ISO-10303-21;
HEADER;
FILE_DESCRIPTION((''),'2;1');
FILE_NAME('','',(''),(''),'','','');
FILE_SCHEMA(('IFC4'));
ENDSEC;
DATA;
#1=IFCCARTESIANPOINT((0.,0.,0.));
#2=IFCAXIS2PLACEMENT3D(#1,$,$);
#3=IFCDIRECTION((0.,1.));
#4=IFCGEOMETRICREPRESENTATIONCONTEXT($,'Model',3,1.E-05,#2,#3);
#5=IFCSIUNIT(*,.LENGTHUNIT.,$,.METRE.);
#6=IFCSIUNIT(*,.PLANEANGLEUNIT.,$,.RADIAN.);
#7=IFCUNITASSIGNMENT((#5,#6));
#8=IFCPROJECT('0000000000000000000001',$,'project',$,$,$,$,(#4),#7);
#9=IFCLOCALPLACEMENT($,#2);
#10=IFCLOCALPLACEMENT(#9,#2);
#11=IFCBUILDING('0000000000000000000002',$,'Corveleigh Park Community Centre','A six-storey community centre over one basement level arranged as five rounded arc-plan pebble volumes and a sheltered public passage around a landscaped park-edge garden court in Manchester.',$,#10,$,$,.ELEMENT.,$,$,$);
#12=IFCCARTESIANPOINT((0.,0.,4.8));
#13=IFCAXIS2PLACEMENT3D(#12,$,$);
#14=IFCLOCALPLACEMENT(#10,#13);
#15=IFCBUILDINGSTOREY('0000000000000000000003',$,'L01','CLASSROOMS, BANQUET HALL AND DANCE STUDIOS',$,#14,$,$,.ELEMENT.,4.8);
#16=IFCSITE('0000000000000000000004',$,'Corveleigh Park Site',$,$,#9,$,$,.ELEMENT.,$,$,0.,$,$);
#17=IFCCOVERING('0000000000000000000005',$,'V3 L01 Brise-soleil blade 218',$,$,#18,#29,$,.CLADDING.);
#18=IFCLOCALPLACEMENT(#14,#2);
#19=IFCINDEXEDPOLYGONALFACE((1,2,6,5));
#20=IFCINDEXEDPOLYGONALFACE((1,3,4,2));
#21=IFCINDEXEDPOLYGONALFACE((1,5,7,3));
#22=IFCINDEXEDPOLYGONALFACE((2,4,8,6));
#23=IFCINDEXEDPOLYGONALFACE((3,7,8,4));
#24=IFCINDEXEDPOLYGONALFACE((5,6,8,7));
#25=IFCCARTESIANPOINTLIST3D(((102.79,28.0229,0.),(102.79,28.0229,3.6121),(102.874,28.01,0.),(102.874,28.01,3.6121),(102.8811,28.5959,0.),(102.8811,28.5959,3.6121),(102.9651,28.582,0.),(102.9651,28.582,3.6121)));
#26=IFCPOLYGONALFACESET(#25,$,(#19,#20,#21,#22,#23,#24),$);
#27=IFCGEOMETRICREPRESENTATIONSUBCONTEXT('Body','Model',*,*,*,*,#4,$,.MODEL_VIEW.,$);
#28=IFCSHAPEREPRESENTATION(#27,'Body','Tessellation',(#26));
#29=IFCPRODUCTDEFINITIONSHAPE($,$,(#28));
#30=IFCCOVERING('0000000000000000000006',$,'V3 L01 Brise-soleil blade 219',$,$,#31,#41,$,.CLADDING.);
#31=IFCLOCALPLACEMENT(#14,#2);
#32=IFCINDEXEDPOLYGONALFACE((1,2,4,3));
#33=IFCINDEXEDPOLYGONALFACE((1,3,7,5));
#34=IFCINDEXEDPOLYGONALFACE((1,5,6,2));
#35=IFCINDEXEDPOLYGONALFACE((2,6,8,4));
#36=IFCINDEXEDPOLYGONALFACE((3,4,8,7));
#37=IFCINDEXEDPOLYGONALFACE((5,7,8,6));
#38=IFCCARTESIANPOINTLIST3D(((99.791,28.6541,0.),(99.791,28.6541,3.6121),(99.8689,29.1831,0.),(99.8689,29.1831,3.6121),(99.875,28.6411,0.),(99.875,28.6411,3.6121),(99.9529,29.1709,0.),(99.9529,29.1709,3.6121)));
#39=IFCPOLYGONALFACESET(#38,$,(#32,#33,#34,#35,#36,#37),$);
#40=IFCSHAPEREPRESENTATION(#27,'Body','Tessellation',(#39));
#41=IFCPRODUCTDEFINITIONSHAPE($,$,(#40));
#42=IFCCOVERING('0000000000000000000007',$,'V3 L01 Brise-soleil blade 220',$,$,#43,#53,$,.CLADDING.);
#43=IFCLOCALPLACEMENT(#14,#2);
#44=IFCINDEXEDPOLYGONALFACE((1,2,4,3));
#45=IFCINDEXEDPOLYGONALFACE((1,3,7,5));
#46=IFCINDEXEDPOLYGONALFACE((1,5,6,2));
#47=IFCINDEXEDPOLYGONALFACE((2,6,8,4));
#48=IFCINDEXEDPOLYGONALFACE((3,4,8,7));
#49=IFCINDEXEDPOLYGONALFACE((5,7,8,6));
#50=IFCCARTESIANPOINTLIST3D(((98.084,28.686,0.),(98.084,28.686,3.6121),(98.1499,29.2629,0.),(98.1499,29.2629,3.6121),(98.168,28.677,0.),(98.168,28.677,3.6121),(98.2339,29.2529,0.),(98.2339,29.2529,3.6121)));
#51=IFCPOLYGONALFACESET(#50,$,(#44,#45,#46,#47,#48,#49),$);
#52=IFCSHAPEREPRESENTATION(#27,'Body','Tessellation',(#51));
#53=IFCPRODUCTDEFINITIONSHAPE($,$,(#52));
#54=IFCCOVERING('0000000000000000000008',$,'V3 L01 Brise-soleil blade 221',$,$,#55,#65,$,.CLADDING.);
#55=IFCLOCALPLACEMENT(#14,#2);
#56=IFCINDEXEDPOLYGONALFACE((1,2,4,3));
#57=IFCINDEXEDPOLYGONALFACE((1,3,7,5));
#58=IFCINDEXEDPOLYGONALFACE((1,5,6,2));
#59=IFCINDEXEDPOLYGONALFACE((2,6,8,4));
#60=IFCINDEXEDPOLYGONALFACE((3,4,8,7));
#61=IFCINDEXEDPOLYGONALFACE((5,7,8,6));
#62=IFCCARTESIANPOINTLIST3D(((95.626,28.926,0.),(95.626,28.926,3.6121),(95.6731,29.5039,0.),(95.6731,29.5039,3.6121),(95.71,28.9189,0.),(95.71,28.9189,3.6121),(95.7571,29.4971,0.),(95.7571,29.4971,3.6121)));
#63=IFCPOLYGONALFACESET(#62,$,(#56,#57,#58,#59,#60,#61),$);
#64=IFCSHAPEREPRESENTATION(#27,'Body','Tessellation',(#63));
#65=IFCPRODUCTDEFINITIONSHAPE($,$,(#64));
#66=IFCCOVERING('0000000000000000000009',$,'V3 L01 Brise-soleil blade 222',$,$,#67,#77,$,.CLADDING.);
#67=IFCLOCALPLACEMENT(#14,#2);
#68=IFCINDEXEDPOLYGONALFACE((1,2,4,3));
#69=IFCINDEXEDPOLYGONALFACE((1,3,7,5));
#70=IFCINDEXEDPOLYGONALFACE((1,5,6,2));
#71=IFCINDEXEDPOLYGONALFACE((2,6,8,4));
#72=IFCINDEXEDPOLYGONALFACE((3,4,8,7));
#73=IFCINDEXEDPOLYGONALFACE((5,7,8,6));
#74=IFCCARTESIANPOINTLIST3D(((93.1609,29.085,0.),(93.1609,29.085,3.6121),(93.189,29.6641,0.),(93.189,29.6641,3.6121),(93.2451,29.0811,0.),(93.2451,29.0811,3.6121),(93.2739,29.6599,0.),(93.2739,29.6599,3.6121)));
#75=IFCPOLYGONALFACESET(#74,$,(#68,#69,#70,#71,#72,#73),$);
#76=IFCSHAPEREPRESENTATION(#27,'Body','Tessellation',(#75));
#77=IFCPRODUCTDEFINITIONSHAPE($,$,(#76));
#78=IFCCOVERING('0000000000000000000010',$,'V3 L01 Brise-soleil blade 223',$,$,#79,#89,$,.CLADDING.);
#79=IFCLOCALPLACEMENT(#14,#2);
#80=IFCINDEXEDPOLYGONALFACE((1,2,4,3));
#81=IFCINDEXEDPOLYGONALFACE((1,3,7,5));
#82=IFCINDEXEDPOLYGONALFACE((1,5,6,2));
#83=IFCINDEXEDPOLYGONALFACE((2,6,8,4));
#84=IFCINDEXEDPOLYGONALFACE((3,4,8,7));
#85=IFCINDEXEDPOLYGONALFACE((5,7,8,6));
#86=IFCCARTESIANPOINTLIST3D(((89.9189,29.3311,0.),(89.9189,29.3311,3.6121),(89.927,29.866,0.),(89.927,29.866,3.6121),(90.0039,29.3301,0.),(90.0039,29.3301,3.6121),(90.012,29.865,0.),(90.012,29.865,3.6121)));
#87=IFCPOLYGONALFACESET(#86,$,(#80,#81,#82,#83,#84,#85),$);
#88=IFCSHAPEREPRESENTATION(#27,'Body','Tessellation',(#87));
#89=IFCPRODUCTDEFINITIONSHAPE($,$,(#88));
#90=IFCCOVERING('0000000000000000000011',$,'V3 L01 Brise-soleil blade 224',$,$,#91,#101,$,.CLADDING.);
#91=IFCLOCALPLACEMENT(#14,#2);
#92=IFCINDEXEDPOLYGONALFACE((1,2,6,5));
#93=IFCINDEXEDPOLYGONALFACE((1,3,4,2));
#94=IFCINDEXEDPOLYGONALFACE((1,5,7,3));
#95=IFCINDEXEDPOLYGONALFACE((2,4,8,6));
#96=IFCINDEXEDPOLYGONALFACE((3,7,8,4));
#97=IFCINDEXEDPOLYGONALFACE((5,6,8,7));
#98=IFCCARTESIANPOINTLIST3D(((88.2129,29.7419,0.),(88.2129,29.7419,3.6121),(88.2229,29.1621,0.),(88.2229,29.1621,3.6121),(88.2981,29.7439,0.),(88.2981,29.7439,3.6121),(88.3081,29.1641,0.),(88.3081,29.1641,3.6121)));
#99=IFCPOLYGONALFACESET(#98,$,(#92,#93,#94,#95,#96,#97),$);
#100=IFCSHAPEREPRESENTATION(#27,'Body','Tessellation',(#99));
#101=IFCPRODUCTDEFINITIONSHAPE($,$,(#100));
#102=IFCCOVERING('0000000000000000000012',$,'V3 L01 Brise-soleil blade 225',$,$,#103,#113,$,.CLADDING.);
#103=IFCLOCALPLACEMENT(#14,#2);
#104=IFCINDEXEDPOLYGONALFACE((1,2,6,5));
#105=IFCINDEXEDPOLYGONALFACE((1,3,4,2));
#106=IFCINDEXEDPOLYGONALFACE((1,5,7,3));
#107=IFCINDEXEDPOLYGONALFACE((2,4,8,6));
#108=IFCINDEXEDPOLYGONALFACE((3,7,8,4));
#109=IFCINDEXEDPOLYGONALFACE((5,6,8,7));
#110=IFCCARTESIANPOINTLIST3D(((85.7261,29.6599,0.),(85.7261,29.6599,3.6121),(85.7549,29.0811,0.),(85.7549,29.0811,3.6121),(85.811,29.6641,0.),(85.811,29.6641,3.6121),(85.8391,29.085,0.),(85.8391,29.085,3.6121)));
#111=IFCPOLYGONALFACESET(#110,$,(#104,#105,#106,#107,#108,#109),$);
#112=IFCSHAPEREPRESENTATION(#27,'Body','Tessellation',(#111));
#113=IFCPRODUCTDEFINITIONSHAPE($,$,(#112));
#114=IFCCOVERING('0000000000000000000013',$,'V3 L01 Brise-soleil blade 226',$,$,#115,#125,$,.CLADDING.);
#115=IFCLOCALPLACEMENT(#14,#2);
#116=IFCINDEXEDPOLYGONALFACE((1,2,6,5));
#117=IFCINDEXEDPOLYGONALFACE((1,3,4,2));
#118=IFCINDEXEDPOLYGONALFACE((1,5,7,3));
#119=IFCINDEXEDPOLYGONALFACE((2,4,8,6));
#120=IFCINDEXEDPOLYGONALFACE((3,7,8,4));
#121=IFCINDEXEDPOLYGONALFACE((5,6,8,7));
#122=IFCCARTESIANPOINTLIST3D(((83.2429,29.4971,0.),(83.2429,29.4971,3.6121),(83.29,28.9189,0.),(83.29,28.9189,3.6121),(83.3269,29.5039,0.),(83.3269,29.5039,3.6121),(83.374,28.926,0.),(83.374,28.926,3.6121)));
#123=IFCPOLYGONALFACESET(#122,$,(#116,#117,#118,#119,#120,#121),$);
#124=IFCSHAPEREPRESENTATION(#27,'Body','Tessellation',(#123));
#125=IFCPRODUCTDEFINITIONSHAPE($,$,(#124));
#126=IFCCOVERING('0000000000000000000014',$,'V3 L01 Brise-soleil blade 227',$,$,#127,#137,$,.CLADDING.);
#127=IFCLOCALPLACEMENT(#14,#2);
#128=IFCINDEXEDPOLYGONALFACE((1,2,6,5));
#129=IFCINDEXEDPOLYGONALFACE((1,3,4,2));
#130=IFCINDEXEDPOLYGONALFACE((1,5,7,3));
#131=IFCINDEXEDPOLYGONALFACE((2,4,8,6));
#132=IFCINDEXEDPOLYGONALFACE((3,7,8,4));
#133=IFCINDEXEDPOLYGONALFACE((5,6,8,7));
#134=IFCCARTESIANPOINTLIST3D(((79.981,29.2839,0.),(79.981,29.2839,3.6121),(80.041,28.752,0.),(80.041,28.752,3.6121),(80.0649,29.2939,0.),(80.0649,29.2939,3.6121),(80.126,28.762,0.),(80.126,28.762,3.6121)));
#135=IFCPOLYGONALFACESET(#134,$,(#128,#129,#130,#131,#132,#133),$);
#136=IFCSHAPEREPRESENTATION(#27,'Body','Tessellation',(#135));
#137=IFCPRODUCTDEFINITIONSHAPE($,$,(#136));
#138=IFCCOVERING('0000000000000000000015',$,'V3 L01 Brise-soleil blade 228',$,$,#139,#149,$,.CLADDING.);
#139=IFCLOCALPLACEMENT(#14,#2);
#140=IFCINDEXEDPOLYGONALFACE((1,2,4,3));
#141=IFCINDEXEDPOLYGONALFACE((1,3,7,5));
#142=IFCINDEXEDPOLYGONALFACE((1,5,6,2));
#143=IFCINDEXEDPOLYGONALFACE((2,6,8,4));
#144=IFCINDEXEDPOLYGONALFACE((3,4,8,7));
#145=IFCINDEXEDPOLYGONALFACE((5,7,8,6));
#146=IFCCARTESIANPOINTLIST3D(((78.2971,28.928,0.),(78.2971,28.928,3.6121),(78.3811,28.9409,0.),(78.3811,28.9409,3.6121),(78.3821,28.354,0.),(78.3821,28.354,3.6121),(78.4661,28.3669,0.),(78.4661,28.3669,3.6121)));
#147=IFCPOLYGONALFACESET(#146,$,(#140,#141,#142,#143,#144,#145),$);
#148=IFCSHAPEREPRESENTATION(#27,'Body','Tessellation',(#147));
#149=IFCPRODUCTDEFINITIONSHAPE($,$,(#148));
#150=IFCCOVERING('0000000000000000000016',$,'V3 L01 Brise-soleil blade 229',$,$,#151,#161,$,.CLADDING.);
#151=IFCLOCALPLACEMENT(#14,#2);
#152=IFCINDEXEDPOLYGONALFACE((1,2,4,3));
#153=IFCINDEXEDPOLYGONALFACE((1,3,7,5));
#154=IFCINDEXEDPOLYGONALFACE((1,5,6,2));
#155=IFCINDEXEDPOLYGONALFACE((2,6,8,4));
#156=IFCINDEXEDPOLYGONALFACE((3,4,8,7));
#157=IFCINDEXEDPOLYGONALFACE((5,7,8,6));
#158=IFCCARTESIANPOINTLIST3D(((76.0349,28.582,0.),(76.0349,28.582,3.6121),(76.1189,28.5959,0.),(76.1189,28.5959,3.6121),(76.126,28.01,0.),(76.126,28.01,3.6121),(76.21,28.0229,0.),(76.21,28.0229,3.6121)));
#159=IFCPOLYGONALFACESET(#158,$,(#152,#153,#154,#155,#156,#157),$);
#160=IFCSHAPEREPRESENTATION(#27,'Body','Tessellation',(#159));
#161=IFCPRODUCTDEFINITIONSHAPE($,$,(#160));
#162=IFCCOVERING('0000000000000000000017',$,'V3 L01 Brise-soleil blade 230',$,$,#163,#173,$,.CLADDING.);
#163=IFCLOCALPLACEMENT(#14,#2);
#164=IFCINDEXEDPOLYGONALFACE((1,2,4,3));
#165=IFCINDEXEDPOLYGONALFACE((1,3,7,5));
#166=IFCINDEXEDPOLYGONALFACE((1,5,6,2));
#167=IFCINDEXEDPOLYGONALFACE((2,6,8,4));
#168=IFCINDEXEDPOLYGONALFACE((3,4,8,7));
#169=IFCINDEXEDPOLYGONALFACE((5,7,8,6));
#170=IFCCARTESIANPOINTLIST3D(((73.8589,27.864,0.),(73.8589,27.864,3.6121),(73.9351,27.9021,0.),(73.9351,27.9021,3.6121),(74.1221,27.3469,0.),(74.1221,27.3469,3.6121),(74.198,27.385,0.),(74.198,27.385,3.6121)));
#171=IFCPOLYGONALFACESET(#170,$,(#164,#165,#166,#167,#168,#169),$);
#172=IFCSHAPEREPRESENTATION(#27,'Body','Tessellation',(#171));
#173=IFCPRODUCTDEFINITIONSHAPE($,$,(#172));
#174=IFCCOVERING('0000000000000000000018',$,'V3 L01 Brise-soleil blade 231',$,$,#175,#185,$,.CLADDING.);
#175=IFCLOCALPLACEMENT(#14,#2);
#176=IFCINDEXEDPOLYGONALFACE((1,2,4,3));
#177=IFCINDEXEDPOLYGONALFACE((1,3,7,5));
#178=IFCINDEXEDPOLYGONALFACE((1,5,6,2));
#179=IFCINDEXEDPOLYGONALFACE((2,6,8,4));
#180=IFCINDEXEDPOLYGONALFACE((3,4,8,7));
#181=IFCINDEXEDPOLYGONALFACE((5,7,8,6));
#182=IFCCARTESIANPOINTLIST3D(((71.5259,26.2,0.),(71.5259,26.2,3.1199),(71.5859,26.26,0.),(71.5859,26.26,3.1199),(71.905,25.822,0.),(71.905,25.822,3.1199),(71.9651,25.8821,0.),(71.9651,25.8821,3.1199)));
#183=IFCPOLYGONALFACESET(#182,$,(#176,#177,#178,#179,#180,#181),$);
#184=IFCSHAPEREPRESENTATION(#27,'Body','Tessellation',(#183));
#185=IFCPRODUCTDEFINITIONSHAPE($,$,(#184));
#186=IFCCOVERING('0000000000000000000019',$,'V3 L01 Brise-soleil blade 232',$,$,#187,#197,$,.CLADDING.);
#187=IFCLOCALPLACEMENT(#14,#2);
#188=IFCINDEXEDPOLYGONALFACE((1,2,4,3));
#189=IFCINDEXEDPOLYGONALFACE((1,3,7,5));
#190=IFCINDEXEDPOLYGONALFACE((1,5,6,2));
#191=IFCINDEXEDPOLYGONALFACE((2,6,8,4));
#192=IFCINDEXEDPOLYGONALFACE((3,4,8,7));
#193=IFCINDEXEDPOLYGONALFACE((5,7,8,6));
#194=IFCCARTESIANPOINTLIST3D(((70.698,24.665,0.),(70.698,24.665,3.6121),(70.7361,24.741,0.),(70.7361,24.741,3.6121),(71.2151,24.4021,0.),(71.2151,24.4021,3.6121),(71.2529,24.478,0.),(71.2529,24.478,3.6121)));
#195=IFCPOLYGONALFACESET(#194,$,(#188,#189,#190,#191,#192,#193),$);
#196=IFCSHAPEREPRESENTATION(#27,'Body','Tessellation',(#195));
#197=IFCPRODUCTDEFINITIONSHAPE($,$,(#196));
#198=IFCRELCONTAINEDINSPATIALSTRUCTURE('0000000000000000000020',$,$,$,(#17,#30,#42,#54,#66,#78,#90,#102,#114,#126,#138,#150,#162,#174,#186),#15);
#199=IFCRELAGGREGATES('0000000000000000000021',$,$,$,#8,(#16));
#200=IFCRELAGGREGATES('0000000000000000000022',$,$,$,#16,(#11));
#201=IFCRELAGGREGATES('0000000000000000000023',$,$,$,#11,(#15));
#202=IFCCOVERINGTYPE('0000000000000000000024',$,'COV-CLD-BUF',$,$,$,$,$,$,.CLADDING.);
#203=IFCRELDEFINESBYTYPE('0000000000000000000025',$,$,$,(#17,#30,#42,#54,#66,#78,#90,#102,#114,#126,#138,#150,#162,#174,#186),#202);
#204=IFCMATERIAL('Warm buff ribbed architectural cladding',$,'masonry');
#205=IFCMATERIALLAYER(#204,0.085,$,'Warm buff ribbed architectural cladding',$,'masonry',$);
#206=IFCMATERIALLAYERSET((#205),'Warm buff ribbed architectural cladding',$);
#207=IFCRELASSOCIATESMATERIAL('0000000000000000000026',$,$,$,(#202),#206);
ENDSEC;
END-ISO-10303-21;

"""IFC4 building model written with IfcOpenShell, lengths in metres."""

from ifc_helpers import new_model, si_unit, direction, frame, origin, place, context, subcontext, project, spatial, polyline, outline, extrude, material, layer, layer_set, type_object, element, save


model = new_model("IFC4")

# Units and contexts
model_context = context("Model", 3, precision=1e-05, world=origin(), true_north=direction((0.0, 1.0)))
body_context = subcontext(model_context, "Body", "Model", "MODEL_VIEW")
ifc_project = project(units=[si_unit("LENGTHUNIT", "METRE"), si_unit("PLANEANGLEUNIT", "RADIAN")], contexts=[model_context])

# Site, building, storey
site_placement = place(None, origin())
site = spatial("IfcSite", under=ifc_project, at=site_placement, Name="Corveleigh Park Site", CompositionType="ELEMENT", RefElevation=0.0)
building_placement = place(site_placement, origin())
building = spatial("IfcBuilding", under=site, at=building_placement, Name="Corveleigh Park Community Centre", Description="A six-storey community centre over one basement level arranged as five rounded arc-plan pebble volumes and a sheltered public passage around a landscaped park-edge garden court in Manchester.", CompositionType="ELEMENT")
storey_placement = place(building_placement, frame((0.0, 0.0, 4.8)))
storey = spatial("IfcBuildingStorey", under=building, at=storey_placement, Name="L01", Description="CLASSROOMS, BANQUET HALL AND DANCE STUDIOS", CompositionType="ELEMENT", Elevation=4.8)

# Coverings
ifc_material = material(Name="Warm buff ribbed architectural cladding", Category="masonry")
ifc_layer = layer(ifc_material, 0.085, Name="Warm buff ribbed architectural cladding", Category="masonry")
ifc_layer_set = layer_set([ifc_layer], Name="Warm buff ribbed architectural cladding")
covering_type = type_object("IfcCoveringType", Name="COV-CLD-BUF", PredefinedType="CLADDING", material=ifc_layer_set)
covering_1_placement = place(storey_placement, origin())
element("IfcCovering", 1, at=covering_1_placement, inside=storey, type_object=covering_type, Name="V3 L01 Brise-soleil blade 218", PredefinedType="CLADDING", context=body_context, shape_type="SweptSolid", body=[
    extrude(outline(polyline([(102.79, 28.0229), (102.874, 28.01), (102.9651, 28.582), (102.8811, 28.5959), (102.79, 28.0229)])), origin(), (0.0, 0.0, 1.0), 3.6121),
])
covering_2_placement = place(storey_placement, origin())
element("IfcCovering", 2, at=covering_2_placement, inside=storey, type_object=covering_type, Name="V3 L01 Brise-soleil blade 219", PredefinedType="CLADDING", context=body_context, shape_type="SweptSolid", body=[
    extrude(outline(polyline([(99.791, 28.6541), (99.875, 28.6411), (99.9529, 29.1709), (99.8689, 29.1831), (99.791, 28.6541)])), origin(), (0.0, 0.0, 1.0), 3.6121),
])
covering_3_placement = place(storey_placement, origin())
element("IfcCovering", 3, at=covering_3_placement, inside=storey, type_object=covering_type, Name="V3 L01 Brise-soleil blade 220", PredefinedType="CLADDING", context=body_context, shape_type="SweptSolid", body=[
    extrude(outline(polyline([(98.084, 28.686), (98.168, 28.677), (98.2339, 29.2529), (98.1499, 29.2629), (98.084, 28.686)])), origin(), (0.0, 0.0, 1.0), 3.6121),
])
covering_4_placement = place(storey_placement, origin())
element("IfcCovering", 4, at=covering_4_placement, inside=storey, type_object=covering_type, Name="V3 L01 Brise-soleil blade 221", PredefinedType="CLADDING", context=body_context, shape_type="SweptSolid", body=[
    extrude(outline(polyline([(95.626, 28.926), (95.71, 28.9189), (95.7571, 29.4971), (95.6731, 29.5039), (95.626, 28.926)])), origin(), (0.0, 0.0, 1.0), 3.6121),
])
covering_5_placement = place(storey_placement, origin())
element("IfcCovering", 5, at=covering_5_placement, inside=storey, type_object=covering_type, Name="V3 L01 Brise-soleil blade 222", PredefinedType="CLADDING", context=body_context, shape_type="SweptSolid", body=[
    extrude(outline(polyline([(93.1609, 29.085), (93.2451, 29.0811), (93.2739, 29.6599), (93.189, 29.6641), (93.1609, 29.085)])), origin(), (0.0, 0.0, 1.0), 3.6121),
])
covering_6_placement = place(storey_placement, origin())
element("IfcCovering", 6, at=covering_6_placement, inside=storey, type_object=covering_type, Name="V3 L01 Brise-soleil blade 223", PredefinedType="CLADDING", context=body_context, shape_type="SweptSolid", body=[
    extrude(outline(polyline([(89.9189, 29.3311), (90.0039, 29.3301), (90.012, 29.865), (89.927, 29.866), (89.9189, 29.3311)])), origin(), (0.0, 0.0, 1.0), 3.6121),
])
covering_7_placement = place(storey_placement, origin())
element("IfcCovering", 7, at=covering_7_placement, inside=storey, type_object=covering_type, Name="V3 L01 Brise-soleil blade 224", PredefinedType="CLADDING", context=body_context, shape_type="SweptSolid", body=[
    extrude(outline(polyline([(88.2229, 29.1621), (88.3081, 29.1641), (88.2981, 29.7439), (88.2129, 29.7419), (88.2229, 29.1621)])), origin(), (0.0, 0.0, 1.0), 3.6121),
])
covering_8_placement = place(storey_placement, origin())
element("IfcCovering", 8, at=covering_8_placement, inside=storey, type_object=covering_type, Name="V3 L01 Brise-soleil blade 225", PredefinedType="CLADDING", context=body_context, shape_type="SweptSolid", body=[
    extrude(outline(polyline([(85.7549, 29.0811), (85.8391, 29.085), (85.811, 29.6641), (85.7261, 29.6599), (85.7549, 29.0811)])), origin(), (0.0, 0.0, 1.0), 3.6121),
])
covering_9_placement = place(storey_placement, origin())
element("IfcCovering", 9, at=covering_9_placement, inside=storey, type_object=covering_type, Name="V3 L01 Brise-soleil blade 226", PredefinedType="CLADDING", context=body_context, shape_type="SweptSolid", body=[
    extrude(outline(polyline([(83.29, 28.9189), (83.374, 28.926), (83.3269, 29.5039), (83.2429, 29.4971), (83.29, 28.9189)])), origin(), (0.0, 0.0, 1.0), 3.6121),
])
covering_10_placement = place(storey_placement, origin())
element("IfcCovering", 10, at=covering_10_placement, inside=storey, type_object=covering_type, Name="V3 L01 Brise-soleil blade 227", PredefinedType="CLADDING", context=body_context, shape_type="SweptSolid", body=[
    extrude(outline(polyline([(80.041, 28.752), (80.126, 28.762), (80.0649, 29.2939), (79.981, 29.2839), (80.041, 28.752)])), origin(), (0.0, 0.0, 1.0), 3.6121),
])
covering_11_placement = place(storey_placement, origin())
element("IfcCovering", 11, at=covering_11_placement, inside=storey, type_object=covering_type, Name="V3 L01 Brise-soleil blade 228", PredefinedType="CLADDING", context=body_context, shape_type="SweptSolid", body=[
    extrude(outline(polyline([(78.3821, 28.354), (78.4661, 28.3669), (78.3811, 28.9409), (78.2971, 28.928), (78.3821, 28.354)])), origin(), (0.0, 0.0, 1.0), 3.6121),
])
covering_12_placement = place(storey_placement, origin())
element("IfcCovering", 12, at=covering_12_placement, inside=storey, type_object=covering_type, Name="V3 L01 Brise-soleil blade 229", PredefinedType="CLADDING", context=body_context, shape_type="SweptSolid", body=[
    extrude(outline(polyline([(76.126, 28.01), (76.21, 28.0229), (76.1189, 28.5959), (76.0349, 28.582), (76.126, 28.01)])), origin(), (0.0, 0.0, 1.0), 3.6121),
])
covering_13_placement = place(storey_placement, origin())
element("IfcCovering", 13, at=covering_13_placement, inside=storey, type_object=covering_type, Name="V3 L01 Brise-soleil blade 230", PredefinedType="CLADDING", context=body_context, shape_type="SweptSolid", body=[
    extrude(outline(polyline([(74.1221, 27.3469), (74.198, 27.385), (73.9351, 27.9021), (73.8589, 27.864), (74.1221, 27.3469)])), origin(), (0.0, 0.0, 1.0), 3.6121),
])
covering_14_placement = place(storey_placement, origin())
element("IfcCovering", 14, at=covering_14_placement, inside=storey, type_object=covering_type, Name="V3 L01 Brise-soleil blade 231", PredefinedType="CLADDING", context=body_context, shape_type="SweptSolid", body=[
    extrude(outline(polyline([(71.905, 25.822), (71.9651, 25.8821), (71.5859, 26.26), (71.5259, 26.2), (71.905, 25.822)])), origin(), (0.0, 0.0, 1.0), 3.1199),
])
covering_15_placement = place(storey_placement, origin())
element("IfcCovering", 15, at=covering_15_placement, inside=storey, type_object=covering_type, Name="V3 L01 Brise-soleil blade 232", PredefinedType="CLADDING", context=body_context, shape_type="SweptSolid", body=[
    extrude(outline(polyline([(71.2151, 24.4021), (71.2529, 24.478), (70.7361, 24.741), (70.698, 24.665), (71.2151, 24.4021)])), origin(), (0.0, 0.0, 1.0), 3.6121),
])

save(model, "model.ifc")
